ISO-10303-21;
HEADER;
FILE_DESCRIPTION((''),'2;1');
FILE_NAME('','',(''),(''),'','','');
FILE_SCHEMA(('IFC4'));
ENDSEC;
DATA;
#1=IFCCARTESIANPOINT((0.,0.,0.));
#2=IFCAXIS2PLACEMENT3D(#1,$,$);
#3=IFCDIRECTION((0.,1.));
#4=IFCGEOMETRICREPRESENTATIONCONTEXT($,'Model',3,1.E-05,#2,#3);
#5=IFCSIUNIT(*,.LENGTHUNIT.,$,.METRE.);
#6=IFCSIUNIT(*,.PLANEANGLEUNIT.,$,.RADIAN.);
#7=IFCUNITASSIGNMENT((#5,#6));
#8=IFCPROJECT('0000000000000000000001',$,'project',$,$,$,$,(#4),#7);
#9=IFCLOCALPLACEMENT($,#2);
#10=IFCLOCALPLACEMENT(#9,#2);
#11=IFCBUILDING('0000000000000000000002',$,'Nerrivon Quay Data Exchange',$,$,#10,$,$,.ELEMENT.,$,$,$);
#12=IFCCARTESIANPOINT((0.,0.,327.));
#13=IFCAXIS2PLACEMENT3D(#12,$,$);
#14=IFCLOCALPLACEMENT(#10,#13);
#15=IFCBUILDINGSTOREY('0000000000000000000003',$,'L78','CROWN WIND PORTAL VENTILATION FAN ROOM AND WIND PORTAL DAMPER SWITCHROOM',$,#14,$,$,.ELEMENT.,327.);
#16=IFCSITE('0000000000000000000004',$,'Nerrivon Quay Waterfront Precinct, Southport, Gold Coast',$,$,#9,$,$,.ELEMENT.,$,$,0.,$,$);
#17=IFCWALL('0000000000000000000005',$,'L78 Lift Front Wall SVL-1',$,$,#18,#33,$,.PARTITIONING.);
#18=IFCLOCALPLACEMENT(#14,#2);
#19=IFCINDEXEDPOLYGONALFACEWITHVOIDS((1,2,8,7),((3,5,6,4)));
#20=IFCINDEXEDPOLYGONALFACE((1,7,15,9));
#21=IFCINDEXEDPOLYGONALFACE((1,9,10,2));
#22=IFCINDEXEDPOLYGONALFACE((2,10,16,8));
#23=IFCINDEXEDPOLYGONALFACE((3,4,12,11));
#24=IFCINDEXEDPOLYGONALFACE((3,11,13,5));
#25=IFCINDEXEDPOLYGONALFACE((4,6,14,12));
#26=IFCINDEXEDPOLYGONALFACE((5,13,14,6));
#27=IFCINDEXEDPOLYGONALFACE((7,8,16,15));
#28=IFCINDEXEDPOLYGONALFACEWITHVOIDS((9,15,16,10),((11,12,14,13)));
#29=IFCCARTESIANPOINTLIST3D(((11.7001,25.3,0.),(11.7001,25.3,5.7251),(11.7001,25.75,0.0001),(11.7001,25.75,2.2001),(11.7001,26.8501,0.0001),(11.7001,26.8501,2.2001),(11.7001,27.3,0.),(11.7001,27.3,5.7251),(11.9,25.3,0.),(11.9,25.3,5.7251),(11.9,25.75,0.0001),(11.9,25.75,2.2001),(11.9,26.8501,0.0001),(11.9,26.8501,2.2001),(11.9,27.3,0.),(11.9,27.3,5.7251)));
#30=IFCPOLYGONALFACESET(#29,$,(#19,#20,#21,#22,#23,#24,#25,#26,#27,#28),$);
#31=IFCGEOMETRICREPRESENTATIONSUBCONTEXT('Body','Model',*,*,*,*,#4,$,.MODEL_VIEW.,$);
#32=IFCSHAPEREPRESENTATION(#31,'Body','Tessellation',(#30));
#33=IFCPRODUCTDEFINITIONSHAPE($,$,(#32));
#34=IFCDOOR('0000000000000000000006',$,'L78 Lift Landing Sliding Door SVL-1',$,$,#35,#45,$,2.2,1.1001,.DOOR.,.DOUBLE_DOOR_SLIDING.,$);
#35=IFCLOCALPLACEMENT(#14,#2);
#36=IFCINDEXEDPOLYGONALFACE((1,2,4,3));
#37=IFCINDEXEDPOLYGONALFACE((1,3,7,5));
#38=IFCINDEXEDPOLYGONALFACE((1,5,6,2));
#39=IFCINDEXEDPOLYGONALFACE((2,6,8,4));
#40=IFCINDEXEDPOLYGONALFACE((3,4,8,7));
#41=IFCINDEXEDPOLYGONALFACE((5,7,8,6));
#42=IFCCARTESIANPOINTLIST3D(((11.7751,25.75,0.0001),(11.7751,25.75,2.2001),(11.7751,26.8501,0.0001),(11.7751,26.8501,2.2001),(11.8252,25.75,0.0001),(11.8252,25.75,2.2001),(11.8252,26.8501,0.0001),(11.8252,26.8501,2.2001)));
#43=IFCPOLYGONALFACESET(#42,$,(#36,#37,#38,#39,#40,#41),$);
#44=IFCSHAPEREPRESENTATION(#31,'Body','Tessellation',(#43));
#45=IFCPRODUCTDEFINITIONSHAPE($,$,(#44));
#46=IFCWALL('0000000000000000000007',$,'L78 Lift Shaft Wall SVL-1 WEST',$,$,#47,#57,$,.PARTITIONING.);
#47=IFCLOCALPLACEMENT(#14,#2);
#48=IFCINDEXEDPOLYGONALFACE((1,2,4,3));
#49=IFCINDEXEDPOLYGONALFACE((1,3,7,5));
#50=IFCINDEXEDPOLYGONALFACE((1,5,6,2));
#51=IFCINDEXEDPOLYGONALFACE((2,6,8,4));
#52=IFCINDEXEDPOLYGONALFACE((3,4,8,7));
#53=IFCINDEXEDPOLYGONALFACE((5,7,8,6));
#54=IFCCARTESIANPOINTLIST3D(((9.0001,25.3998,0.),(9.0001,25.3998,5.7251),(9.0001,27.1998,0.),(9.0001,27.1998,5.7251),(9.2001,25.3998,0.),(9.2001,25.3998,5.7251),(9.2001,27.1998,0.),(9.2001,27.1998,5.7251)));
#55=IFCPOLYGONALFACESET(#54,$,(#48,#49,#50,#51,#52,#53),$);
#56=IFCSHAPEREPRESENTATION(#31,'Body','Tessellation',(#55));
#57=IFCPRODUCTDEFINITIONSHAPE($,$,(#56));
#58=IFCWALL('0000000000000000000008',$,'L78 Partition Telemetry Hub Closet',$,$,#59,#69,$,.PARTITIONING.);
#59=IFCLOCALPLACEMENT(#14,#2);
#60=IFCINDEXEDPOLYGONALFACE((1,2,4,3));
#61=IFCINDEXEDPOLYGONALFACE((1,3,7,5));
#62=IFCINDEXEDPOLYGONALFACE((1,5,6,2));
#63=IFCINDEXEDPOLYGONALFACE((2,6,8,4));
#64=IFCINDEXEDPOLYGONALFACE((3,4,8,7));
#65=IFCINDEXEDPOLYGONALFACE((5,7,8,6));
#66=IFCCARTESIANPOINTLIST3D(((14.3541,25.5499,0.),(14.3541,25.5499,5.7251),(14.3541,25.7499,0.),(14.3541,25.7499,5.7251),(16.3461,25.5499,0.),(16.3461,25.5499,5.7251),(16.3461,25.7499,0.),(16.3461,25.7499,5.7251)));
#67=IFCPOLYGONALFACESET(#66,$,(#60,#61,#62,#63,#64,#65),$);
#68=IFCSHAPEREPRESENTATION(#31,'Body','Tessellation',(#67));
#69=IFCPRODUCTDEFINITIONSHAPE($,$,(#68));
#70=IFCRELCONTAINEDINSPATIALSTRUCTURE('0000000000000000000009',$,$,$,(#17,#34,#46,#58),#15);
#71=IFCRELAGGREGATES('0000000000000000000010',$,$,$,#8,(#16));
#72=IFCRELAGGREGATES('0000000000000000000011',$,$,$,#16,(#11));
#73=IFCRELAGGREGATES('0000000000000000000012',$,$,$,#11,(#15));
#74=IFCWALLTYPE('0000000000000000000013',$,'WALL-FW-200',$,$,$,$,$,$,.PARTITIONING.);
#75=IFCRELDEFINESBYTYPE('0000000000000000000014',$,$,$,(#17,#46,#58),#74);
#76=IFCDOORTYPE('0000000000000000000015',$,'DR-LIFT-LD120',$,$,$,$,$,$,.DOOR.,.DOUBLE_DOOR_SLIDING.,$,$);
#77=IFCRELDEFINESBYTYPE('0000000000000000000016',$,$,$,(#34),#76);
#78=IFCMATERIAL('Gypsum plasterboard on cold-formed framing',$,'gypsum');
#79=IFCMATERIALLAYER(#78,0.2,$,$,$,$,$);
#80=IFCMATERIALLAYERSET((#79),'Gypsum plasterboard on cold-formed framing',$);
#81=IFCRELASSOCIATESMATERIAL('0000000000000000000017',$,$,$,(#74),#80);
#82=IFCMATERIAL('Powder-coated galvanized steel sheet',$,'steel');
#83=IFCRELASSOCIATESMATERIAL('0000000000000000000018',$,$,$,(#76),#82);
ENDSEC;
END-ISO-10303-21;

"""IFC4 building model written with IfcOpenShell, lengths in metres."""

from ifc_helpers import new_model, si_unit, direction, frame, frame_2d, origin, place, context, subcontext, project, spatial, rectangle, extrude, material, layer, layer_set, type_object, element, fill, save


model = new_model("IFC4")

# Units and contexts
model_context = context("Model", 3, precision=1e-05, world=origin(), true_north=direction((0.0, 1.0)))
body_context = subcontext(model_context, "Body", "Model", "MODEL_VIEW")
ifc_project = project(units=[si_unit("LENGTHUNIT", "METRE"), si_unit("PLANEANGLEUNIT", "RADIAN")], contexts=[model_context])

# Site, building, storey
site_placement = place(None, origin())
site = spatial("IfcSite", under=ifc_project, at=site_placement, Name="Nerrivon Quay Waterfront Precinct, Southport, Gold Coast", CompositionType="ELEMENT", RefElevation=0.0)
building_placement = place(site_placement, origin())
building = spatial("IfcBuilding", under=site, at=building_placement, Name="Nerrivon Quay Data Exchange", CompositionType="ELEMENT")
storey_placement = place(building_placement, frame((0.0, 0.0, 327.0)))
storey = spatial("IfcBuildingStorey", under=building, at=storey_placement, Name="L78", Description="CROWN WIND PORTAL VENTILATION FAN ROOM AND WIND PORTAL DAMPER SWITCHROOM", CompositionType="ELEMENT", Elevation=327.0)

# Shared definitions
ifc_material_1 = material(Name="Gypsum plasterboard on cold-formed framing", Category="gypsum")
ifc_layer_1 = layer(ifc_material_1, 0.2)
ifc_layer_set_1 = layer_set([ifc_layer_1], Name="Gypsum plasterboard on cold-formed framing")
wall_type_1 = type_object("IfcWallType", Name="WALL-FW-200", PredefinedType="PARTITIONING", material=ifc_layer_set_1)

# Wall, opening, door
wall_1_placement = place(storey_placement, frame((11.8, 25.3, 0.0), z_axis=(0.0, 0.0, 1.0), x_axis=(0.0, 1.0, 0.0)))
wall_1 = element("IfcWall", 1, at=wall_1_placement, inside=storey, type_object=wall_type_1, Name="L78 Lift Front Wall SVL-1", PredefinedType="PARTITIONING", context=body_context, shape_type="SweptSolid", body=[
    extrude(rectangle(XDim=2.0, YDim=0.2, at=frame_2d((1.0, 0.0))), origin(), (0.0, 0.0, 1.0), 5.7251),
])
opening_placement = place(wall_1_placement, frame((0.45, 0.0, 0.0)))
opening = element("IfcOpeningElement", 2, at=opening_placement, cuts=wall_1, PredefinedType="OPENING", context=body_context, shape_type="SweptSolid", body=[
    extrude(rectangle(XDim=1.1001, YDim=2.2, at=frame_2d((0.55, 1.1001))), frame((0.0, 0.1099, 0.0), z_axis=(0.0, -1.0, 0.0), x_axis=(1.0, 0.0, 0.0)), (0.0, 0.0, 1.0), 0.22),
])
ifc_material_2 = material(Name="Powder-coated galvanized steel sheet", Category="steel")
door_type = type_object("IfcDoorType", Name="DR-LIFT-LD120", OperationType="DOUBLE_DOOR_SLIDING", PredefinedType="DOOR", material=ifc_material_2)
door_placement = place(opening_placement, origin())
door = element("IfcDoor", 3, at=door_placement, inside=storey, type_object=door_type, Name="L78 Lift Landing Sliding Door SVL-1", OperationType="DOUBLE_DOOR_SLIDING", OverallHeight=2.2, OverallWidth=1.1001, PredefinedType="DOOR", context=body_context, shape_type="SweptSolid", body=[
    extrude(rectangle(XDim=1.1001, YDim=2.2, at=frame_2d((0.55, 1.1001))), frame((0.0, 0.0249, 0.0), z_axis=(0.0, -1.0, 0.0), x_axis=(1.0, 0.0, 0.0)), (0.0, 0.0, 1.0), 0.05),
])
fill(opening, door)

# Walls
wall_2_placement = place(storey_placement, frame((9.1001, 25.3999, 0.0), z_axis=(0.0, 0.0, 1.0), x_axis=(0.0, 1.0, 0.0)))
element("IfcWall", 4, at=wall_2_placement, inside=storey, type_object=wall_type_1, Name="L78 Lift Shaft Wall SVL-1 WEST", PredefinedType="PARTITIONING", context=body_context, shape_type="SweptSolid", body=[
    extrude(rectangle(XDim=1.8, YDim=0.2, at=frame_2d((0.8999, 0.0))), origin(), (0.0, 0.0, 1.0), 5.7251),
])
wall_3_placement = place(storey_placement, frame((14.354, 25.6499, 0.0), z_axis=(0.0, 0.0, 1.0), x_axis=(1.0, 0.0, 0.0)))
element("IfcWall", 5, at=wall_3_placement, inside=storey, type_object=wall_type_1, Name="L78 Partition Telemetry Hub Closet", PredefinedType="PARTITIONING", context=body_context, shape_type="SweptSolid", body=[
    extrude(rectangle(XDim=1.9919, YDim=0.2, at=frame_2d((0.9961, 0.0))), origin(), (0.0, 0.0, 1.0), 5.7251),
])

save(model, "model.ifc")
